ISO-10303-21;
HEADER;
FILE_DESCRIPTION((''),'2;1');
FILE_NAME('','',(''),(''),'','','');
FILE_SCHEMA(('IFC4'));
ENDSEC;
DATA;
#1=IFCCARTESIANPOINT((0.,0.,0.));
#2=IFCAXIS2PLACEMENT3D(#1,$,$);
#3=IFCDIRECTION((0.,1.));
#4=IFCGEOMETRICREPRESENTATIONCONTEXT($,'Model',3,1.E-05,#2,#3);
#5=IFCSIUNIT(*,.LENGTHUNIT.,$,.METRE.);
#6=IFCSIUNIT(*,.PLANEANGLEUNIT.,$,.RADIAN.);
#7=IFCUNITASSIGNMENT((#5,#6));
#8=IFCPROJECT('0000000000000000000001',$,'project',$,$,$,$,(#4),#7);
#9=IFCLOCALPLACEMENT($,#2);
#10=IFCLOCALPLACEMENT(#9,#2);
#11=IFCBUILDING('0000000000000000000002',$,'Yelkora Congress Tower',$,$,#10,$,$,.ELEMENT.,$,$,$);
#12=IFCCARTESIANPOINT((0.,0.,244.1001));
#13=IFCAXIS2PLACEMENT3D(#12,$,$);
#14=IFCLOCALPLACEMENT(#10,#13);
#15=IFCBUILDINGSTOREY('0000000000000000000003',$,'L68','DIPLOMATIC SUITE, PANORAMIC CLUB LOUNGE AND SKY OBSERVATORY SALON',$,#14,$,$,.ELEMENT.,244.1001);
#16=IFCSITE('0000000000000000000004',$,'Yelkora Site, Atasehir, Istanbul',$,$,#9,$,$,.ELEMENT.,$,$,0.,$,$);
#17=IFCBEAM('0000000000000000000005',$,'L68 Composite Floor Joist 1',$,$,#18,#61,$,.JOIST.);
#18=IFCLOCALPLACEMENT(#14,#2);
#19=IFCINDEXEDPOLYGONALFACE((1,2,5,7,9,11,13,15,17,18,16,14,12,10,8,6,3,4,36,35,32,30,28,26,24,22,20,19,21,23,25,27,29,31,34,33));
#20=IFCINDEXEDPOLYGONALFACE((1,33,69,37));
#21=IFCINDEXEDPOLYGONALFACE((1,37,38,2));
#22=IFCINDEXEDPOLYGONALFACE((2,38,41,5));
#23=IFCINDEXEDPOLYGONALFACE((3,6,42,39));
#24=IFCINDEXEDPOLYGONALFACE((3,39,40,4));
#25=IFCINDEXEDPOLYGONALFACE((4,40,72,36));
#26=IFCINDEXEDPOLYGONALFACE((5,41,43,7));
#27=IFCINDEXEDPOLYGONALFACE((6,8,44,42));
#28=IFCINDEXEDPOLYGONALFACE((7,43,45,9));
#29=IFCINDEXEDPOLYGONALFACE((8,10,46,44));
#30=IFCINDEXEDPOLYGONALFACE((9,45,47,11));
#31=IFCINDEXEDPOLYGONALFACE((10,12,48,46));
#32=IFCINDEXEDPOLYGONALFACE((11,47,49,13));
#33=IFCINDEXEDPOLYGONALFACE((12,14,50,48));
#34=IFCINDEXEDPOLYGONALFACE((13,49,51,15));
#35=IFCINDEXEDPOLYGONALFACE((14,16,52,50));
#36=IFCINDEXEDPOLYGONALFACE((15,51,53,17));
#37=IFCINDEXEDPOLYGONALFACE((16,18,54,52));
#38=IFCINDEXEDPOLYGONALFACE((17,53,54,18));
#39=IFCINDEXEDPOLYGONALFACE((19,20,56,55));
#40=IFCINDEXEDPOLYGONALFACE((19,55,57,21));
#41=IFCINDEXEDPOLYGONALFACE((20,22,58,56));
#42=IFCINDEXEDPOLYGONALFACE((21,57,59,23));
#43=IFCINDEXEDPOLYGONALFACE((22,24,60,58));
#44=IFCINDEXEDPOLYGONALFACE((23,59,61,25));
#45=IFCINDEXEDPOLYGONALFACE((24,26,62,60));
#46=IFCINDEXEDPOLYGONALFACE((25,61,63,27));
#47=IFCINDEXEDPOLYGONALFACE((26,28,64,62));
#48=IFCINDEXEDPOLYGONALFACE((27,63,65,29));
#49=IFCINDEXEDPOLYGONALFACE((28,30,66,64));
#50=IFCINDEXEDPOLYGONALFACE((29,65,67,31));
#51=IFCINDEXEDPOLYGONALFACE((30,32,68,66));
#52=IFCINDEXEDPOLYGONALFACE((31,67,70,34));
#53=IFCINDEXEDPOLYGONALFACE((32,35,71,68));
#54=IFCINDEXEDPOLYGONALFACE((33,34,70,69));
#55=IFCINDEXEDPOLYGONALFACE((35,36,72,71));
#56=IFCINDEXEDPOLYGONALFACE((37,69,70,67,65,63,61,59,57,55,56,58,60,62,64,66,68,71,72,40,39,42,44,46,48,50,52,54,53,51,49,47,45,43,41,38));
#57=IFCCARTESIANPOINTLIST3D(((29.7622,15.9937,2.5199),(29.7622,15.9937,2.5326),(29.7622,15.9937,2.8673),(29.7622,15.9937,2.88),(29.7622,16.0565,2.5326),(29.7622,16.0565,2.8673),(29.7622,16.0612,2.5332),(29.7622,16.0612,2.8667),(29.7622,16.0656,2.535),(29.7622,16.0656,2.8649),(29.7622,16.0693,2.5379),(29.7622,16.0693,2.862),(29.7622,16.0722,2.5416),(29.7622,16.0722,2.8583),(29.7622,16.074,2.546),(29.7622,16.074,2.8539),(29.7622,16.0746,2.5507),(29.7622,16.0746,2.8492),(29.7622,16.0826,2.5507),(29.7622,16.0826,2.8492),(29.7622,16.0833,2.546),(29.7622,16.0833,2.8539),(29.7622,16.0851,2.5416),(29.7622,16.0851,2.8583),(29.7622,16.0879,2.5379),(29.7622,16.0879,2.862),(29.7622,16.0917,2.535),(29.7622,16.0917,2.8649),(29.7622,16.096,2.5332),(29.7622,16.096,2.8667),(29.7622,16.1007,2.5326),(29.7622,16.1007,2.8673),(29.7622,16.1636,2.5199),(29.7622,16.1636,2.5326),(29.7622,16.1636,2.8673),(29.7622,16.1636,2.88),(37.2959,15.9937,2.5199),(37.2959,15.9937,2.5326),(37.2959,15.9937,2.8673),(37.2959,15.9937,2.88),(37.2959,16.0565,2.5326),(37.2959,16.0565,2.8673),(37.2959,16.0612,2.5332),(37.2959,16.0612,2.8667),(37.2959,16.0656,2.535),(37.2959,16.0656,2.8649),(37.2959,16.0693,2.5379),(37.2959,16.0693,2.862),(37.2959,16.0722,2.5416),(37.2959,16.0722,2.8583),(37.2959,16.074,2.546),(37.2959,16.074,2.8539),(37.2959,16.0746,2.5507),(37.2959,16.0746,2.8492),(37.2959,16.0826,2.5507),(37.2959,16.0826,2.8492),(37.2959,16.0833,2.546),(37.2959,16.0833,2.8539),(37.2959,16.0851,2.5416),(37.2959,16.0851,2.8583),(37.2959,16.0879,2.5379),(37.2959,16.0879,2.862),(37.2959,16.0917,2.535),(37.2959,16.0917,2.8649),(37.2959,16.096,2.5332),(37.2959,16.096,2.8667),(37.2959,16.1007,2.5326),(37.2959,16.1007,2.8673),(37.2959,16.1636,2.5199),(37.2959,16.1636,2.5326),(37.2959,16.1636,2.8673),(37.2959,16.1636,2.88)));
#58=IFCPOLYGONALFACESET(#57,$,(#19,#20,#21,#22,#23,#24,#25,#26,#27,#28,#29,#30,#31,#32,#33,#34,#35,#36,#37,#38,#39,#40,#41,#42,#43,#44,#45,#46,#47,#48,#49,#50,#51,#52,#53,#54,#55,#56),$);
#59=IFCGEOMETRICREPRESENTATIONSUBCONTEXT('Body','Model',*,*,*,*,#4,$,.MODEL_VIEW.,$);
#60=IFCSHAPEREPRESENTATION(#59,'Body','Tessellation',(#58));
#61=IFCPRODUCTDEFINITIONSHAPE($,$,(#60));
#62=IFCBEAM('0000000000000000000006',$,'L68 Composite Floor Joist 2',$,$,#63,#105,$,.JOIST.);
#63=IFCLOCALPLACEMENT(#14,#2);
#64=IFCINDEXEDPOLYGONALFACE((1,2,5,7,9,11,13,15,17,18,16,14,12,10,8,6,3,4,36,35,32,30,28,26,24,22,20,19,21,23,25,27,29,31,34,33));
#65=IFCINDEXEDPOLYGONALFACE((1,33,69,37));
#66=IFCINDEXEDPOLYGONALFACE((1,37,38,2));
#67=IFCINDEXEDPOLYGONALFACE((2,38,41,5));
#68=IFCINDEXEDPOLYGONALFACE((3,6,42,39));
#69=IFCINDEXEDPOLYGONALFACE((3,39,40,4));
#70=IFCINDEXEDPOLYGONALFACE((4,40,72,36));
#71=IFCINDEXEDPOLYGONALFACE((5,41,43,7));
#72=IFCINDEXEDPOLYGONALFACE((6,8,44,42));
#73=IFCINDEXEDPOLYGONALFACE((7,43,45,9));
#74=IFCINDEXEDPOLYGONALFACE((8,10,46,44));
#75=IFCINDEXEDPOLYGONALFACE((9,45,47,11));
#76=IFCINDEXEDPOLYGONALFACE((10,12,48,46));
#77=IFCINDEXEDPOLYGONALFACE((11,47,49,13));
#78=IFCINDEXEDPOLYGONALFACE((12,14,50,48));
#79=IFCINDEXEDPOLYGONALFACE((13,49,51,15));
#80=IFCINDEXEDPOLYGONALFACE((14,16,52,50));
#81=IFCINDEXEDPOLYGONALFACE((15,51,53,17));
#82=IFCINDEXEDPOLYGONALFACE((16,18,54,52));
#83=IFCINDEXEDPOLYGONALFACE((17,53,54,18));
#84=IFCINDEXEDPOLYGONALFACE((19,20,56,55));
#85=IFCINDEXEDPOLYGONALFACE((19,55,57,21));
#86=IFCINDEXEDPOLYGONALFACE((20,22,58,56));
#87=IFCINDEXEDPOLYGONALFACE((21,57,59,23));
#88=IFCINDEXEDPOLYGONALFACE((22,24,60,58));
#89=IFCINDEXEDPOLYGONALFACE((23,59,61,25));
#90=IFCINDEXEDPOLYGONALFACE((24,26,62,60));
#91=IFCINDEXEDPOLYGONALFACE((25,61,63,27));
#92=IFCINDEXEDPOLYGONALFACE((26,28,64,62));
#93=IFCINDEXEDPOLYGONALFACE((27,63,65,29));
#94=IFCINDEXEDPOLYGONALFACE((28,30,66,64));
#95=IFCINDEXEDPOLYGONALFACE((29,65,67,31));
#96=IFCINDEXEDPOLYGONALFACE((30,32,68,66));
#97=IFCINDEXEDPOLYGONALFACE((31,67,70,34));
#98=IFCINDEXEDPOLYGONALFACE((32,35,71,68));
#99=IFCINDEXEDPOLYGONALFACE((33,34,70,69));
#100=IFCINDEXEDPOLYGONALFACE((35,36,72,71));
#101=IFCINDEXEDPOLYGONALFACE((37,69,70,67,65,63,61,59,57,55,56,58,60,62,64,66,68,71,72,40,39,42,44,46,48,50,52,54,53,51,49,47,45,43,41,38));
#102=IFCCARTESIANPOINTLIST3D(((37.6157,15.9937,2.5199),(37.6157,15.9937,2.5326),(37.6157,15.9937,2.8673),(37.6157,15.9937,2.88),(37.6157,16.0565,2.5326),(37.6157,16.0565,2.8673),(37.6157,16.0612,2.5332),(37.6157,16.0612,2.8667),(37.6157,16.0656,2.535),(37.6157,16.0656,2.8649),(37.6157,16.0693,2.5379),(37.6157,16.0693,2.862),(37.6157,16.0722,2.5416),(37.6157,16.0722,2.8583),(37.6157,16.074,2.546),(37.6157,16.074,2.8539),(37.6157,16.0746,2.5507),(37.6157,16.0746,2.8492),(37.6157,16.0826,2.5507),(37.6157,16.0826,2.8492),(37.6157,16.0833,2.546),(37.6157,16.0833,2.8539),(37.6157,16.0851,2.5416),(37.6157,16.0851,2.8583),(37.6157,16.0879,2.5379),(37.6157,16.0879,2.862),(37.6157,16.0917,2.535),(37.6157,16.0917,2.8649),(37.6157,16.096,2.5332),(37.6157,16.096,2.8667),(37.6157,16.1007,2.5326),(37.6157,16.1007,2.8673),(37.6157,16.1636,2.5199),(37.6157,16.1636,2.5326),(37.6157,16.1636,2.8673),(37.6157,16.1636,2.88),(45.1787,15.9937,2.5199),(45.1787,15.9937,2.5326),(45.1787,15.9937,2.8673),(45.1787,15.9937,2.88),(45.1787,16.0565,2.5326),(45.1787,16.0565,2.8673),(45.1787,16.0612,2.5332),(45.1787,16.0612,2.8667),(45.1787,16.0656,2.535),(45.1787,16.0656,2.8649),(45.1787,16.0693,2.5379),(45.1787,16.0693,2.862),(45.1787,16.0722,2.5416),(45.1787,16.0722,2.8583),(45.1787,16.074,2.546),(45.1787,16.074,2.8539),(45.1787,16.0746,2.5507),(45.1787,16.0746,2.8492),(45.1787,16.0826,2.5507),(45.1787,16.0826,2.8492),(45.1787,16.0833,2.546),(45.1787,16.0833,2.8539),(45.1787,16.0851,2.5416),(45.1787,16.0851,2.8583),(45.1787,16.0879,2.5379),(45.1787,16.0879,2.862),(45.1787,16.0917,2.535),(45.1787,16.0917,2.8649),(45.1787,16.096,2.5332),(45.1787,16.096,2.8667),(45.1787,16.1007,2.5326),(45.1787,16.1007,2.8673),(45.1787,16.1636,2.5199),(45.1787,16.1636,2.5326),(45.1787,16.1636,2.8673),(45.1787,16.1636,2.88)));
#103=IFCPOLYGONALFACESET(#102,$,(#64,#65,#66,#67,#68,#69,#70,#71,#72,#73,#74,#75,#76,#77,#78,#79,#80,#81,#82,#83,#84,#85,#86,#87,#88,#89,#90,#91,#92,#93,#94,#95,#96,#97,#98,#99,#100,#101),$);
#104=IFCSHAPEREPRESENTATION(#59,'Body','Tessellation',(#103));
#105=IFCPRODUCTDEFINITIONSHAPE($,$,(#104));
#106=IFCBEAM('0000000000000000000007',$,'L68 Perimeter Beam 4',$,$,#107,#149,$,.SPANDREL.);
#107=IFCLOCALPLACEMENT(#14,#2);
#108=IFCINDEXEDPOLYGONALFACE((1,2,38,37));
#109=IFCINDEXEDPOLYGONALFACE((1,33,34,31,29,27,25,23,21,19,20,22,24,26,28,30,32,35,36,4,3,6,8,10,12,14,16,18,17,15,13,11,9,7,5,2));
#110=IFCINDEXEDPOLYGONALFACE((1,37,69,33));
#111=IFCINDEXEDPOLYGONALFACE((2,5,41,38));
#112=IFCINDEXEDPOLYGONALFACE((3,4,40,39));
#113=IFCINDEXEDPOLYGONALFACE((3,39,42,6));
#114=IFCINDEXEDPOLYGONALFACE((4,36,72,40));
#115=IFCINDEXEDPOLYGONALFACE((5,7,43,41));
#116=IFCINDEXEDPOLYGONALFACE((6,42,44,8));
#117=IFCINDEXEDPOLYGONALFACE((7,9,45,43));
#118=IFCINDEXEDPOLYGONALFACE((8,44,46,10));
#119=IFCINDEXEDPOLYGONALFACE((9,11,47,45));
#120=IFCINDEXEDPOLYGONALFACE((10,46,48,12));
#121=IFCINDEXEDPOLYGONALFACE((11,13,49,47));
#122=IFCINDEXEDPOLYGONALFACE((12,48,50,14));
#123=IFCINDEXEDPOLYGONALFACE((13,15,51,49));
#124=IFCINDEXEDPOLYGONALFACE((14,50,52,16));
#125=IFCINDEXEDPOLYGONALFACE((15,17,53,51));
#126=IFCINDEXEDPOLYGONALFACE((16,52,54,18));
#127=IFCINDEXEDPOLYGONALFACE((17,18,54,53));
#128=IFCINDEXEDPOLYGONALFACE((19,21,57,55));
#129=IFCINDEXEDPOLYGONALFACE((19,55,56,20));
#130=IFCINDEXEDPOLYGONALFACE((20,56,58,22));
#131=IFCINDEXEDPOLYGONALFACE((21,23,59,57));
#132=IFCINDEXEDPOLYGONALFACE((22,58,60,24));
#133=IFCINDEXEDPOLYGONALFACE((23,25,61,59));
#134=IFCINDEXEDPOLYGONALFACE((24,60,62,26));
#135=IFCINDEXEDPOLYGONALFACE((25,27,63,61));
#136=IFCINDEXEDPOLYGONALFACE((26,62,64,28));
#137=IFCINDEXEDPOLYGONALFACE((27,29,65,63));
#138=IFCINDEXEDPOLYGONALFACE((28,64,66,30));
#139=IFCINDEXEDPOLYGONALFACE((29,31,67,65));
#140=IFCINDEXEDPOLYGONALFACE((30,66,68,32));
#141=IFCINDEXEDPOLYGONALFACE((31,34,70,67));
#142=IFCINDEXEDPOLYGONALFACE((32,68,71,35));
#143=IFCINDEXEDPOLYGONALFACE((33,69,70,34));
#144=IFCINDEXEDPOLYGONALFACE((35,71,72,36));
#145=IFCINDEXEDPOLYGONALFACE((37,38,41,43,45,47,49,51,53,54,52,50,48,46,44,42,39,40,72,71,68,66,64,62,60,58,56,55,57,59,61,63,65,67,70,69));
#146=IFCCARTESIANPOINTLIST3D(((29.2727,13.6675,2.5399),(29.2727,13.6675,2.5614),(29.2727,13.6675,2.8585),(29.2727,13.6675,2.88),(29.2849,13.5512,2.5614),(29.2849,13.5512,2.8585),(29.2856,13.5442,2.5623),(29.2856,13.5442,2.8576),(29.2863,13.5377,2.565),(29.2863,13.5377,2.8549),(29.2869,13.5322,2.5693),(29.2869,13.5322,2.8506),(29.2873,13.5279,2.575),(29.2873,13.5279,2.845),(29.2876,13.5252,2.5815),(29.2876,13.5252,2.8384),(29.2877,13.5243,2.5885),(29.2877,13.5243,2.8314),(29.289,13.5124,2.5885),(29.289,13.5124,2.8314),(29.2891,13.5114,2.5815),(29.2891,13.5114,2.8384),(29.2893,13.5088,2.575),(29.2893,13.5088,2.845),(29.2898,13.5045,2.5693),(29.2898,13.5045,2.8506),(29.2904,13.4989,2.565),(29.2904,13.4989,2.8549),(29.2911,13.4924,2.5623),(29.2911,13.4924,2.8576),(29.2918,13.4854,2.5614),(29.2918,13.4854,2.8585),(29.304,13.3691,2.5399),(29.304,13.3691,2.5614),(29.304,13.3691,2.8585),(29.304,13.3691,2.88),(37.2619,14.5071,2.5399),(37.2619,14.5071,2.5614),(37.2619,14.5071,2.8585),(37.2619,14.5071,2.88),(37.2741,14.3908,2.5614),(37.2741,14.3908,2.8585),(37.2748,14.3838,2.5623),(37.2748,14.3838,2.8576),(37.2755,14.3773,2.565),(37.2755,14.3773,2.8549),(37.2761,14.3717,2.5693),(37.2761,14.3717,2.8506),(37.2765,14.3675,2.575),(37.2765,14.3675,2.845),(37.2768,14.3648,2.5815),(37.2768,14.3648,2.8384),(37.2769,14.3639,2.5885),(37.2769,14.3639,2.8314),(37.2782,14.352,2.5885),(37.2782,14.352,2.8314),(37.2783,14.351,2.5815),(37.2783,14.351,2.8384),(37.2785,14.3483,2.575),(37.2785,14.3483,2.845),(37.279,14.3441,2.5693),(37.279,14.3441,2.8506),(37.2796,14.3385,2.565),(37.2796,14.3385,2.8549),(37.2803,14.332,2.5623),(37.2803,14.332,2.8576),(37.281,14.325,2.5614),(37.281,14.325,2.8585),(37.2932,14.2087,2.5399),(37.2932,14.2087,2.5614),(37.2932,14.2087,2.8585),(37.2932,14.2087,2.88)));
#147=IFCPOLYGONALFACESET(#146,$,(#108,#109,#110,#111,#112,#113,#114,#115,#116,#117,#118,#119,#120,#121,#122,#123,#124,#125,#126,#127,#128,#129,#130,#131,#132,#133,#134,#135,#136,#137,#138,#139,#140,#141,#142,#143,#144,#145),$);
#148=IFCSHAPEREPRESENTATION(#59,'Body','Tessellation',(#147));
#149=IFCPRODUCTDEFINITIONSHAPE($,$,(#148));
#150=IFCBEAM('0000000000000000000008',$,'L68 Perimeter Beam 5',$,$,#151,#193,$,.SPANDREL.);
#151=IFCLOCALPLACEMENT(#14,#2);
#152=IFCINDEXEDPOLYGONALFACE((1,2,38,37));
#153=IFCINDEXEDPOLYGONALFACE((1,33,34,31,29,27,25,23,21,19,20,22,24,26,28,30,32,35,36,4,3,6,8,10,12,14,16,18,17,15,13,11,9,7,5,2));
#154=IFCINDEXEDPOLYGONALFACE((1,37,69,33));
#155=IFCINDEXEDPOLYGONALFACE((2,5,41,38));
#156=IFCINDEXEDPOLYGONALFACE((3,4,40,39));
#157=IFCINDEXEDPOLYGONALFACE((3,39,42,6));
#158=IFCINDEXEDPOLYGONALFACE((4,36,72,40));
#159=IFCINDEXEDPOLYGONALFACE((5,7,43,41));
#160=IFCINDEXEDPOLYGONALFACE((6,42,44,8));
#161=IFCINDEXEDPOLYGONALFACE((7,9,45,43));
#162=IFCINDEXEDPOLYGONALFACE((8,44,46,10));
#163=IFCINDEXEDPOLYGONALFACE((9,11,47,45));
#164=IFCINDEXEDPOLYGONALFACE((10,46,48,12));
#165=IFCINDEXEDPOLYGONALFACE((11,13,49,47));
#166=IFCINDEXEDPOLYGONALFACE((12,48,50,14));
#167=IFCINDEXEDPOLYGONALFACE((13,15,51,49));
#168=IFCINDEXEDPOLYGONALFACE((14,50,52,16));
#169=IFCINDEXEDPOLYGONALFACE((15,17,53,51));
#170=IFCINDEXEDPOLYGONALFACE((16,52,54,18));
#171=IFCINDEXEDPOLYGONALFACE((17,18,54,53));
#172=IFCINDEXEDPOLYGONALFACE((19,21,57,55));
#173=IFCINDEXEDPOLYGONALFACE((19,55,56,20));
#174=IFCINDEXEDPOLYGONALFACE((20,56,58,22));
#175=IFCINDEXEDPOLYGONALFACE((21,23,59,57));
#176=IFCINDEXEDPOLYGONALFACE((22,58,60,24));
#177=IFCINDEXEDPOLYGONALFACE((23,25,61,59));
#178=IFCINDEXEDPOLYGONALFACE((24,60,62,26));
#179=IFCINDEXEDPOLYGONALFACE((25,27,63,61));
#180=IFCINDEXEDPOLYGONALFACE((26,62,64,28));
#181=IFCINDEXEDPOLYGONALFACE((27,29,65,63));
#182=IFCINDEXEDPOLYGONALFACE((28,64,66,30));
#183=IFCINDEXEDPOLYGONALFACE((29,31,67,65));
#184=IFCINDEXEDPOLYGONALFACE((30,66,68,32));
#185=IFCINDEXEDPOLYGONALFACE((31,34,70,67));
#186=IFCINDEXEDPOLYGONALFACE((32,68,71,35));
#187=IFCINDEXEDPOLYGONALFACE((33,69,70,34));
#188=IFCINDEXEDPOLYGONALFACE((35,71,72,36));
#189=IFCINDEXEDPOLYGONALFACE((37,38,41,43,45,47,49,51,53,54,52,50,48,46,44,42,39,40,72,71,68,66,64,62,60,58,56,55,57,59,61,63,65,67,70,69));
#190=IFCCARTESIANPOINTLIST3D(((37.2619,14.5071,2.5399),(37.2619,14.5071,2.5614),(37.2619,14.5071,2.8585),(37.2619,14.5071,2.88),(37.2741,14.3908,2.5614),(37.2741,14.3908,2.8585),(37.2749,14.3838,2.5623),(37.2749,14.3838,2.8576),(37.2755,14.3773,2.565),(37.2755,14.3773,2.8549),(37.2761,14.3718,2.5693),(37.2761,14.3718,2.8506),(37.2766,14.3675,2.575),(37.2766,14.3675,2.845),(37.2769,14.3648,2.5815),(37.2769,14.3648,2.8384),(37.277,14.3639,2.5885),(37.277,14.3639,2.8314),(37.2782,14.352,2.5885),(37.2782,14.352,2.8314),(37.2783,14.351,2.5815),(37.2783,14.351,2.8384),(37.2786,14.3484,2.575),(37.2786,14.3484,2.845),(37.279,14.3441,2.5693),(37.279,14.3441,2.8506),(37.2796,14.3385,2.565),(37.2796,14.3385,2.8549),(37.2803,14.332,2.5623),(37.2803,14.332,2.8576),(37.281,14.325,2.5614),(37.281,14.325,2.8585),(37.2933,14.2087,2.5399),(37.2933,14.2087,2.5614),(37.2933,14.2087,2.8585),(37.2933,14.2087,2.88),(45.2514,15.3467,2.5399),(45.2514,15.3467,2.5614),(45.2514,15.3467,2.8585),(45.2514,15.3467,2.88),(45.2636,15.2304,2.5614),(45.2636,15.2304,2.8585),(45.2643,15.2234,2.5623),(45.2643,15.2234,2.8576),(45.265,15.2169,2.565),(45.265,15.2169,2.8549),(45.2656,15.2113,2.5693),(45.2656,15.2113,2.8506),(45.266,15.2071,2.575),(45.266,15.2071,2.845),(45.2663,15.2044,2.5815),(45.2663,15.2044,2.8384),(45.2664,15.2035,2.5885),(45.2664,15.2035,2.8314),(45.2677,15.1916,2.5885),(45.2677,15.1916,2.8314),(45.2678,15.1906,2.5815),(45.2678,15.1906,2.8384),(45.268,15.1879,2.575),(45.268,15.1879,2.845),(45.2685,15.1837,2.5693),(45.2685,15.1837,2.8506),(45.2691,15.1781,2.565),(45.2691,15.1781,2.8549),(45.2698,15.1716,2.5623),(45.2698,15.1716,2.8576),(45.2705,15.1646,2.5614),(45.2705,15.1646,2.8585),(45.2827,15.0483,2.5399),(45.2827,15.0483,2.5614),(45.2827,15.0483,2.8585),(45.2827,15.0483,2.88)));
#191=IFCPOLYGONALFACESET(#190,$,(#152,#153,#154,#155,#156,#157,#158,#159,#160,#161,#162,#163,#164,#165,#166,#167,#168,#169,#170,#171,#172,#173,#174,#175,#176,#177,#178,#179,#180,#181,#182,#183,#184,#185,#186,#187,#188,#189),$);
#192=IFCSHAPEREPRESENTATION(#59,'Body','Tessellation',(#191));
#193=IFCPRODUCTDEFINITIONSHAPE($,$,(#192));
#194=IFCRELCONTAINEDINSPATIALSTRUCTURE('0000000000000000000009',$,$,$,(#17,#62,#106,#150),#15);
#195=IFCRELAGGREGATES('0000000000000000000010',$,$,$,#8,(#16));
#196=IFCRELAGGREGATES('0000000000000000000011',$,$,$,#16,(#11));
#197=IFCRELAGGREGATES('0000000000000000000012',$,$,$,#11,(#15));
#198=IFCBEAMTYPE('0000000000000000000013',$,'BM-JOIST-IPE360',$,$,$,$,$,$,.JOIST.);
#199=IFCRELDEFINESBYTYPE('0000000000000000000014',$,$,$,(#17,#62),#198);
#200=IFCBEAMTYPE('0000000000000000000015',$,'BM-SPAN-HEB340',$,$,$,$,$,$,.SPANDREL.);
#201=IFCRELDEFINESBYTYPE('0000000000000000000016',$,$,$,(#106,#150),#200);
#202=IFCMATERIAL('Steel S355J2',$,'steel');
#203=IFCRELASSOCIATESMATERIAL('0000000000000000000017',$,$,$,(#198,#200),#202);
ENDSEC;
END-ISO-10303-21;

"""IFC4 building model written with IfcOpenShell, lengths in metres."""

from ifc_helpers import new_model, si_unit, direction, frame, origin, origin_2d, place, context, subcontext, project, spatial, i_section, extrude, material, material_profile, profile_set, type_object, element, save


model = new_model("IFC4")

# Units and contexts
model_context = context("Model", 3, precision=1e-05, world=origin(), true_north=direction((0.0, 1.0)))
body_context = subcontext(model_context, "Body", "Model", "MODEL_VIEW")
ifc_project = project(units=[si_unit("LENGTHUNIT", "METRE"), si_unit("PLANEANGLEUNIT", "RADIAN")], contexts=[model_context])

# Site, building, storey
site_placement = place(None, origin())
site = spatial("IfcSite", under=ifc_project, at=site_placement, Name="Yelkora Site, Atasehir, Istanbul", CompositionType="ELEMENT", RefElevation=0.0)
building_placement = place(site_placement, origin())
building = spatial("IfcBuilding", under=site, at=building_placement, Name="Yelkora Congress Tower", CompositionType="ELEMENT")
storey_placement = place(building_placement, frame((0.0, 0.0, 244.1001)))
storey = spatial("IfcBuildingStorey", under=building, at=storey_placement, Name="L68", Description="DIPLOMATIC SUITE, PANORAMIC CLUB LOUNGE AND SKY OBSERVATORY SALON", CompositionType="ELEMENT", Elevation=244.1001)

# Shared definitions
ifc_material_1 = material(Name="Steel S355J2", Category="steel")

# Beams
ifc_material_profile_1 = material_profile(ifc_material_1, i_section(OverallWidth=0.1699, OverallDepth=0.3601, WebThickness=0.0081, FlangeThickness=0.0127, FilletRadius=0.0181, at=origin_2d()), Name="IPE 360")
ifc_profile_set_1 = profile_set([ifc_material_profile_1], Name="Steel S355J2")
beam_type_1 = type_object("IfcBeamType", Name="BM-JOIST-IPE360", PredefinedType="JOIST", material=ifc_profile_set_1)
beam_1_placement = place(storey_placement, frame((29.7622, 16.0786, 2.7), z_axis=(1.0, 0.0, 0.0), x_axis=(0.0, 1.0, 0.0)))
element("IfcBeam", 1, at=beam_1_placement, inside=storey, type_object=beam_type_1, Name="L68 Composite Floor Joist 1", PredefinedType="JOIST", context=body_context, shape_type="SweptSolid", body=[
    extrude(i_section(OverallWidth=0.1699, OverallDepth=0.3601, WebThickness=0.0081, FlangeThickness=0.0127, FilletRadius=0.0181, at=origin_2d()), origin(), (0.0, 0.0, 1.0), 7.5337),
])
beam_2_placement = place(storey_placement, frame((37.6157, 16.0786, 2.7), z_axis=(1.0, 0.0, 0.0), x_axis=(0.0, 1.0, 0.0)))
element("IfcBeam", 2, at=beam_2_placement, inside=storey, type_object=beam_type_1, Name="L68 Composite Floor Joist 2", PredefinedType="JOIST", context=body_context, shape_type="SweptSolid", body=[
    extrude(i_section(OverallWidth=0.1699, OverallDepth=0.3601, WebThickness=0.0081, FlangeThickness=0.0127, FilletRadius=0.0181, at=origin_2d()), origin(), (0.0, 0.0, 1.0), 7.563),
])
ifc_material_profile_2 = material_profile(ifc_material_1, i_section(OverallWidth=0.3, OverallDepth=0.3401, WebThickness=0.012, FlangeThickness=0.0215, FilletRadius=0.0271, at=origin_2d()), Name="HEB 340")
ifc_profile_set_2 = profile_set([ifc_material_profile_2], Name="Steel S355J2")
beam_type_2 = type_object("IfcBeamType", Name="BM-SPAN-HEB340", PredefinedType="SPANDREL", material=ifc_profile_set_2)
beam_3_placement = place(storey_placement, frame((29.2883, 13.5183, 2.71), z_axis=(0.994523, 0.104516, 0.0), x_axis=(-0.104516, 0.994523, 0.0)))
element("IfcBeam", 3, at=beam_3_placement, inside=storey, type_object=beam_type_2, Name="L68 Perimeter Beam 4", PredefinedType="SPANDREL", context=body_context, shape_type="SweptSolid", body=[
    extrude(i_section(OverallWidth=0.3, OverallDepth=0.3401, WebThickness=0.012, FlangeThickness=0.0215, FilletRadius=0.0271, at=origin_2d()), origin(), (0.0, 0.0, 1.0), 8.0332),
])
beam_4_placement = place(storey_placement, frame((37.2776, 14.3579, 2.71), z_axis=(0.994524, 0.104512, 0.0), x_axis=(-0.104512, 0.994524, 0.0)))
element("IfcBeam", 4, at=beam_4_placement, inside=storey, type_object=beam_type_2, Name="L68 Perimeter Beam 5", PredefinedType="SPANDREL", context=body_context, shape_type="SweptSolid", body=[
    extrude(i_section(OverallWidth=0.3, OverallDepth=0.3401, WebThickness=0.012, FlangeThickness=0.0215, FilletRadius=0.0271, at=origin_2d()), origin(), (0.0, 0.0, 1.0), 8.0334),
])

save(model, "model.ifc")
